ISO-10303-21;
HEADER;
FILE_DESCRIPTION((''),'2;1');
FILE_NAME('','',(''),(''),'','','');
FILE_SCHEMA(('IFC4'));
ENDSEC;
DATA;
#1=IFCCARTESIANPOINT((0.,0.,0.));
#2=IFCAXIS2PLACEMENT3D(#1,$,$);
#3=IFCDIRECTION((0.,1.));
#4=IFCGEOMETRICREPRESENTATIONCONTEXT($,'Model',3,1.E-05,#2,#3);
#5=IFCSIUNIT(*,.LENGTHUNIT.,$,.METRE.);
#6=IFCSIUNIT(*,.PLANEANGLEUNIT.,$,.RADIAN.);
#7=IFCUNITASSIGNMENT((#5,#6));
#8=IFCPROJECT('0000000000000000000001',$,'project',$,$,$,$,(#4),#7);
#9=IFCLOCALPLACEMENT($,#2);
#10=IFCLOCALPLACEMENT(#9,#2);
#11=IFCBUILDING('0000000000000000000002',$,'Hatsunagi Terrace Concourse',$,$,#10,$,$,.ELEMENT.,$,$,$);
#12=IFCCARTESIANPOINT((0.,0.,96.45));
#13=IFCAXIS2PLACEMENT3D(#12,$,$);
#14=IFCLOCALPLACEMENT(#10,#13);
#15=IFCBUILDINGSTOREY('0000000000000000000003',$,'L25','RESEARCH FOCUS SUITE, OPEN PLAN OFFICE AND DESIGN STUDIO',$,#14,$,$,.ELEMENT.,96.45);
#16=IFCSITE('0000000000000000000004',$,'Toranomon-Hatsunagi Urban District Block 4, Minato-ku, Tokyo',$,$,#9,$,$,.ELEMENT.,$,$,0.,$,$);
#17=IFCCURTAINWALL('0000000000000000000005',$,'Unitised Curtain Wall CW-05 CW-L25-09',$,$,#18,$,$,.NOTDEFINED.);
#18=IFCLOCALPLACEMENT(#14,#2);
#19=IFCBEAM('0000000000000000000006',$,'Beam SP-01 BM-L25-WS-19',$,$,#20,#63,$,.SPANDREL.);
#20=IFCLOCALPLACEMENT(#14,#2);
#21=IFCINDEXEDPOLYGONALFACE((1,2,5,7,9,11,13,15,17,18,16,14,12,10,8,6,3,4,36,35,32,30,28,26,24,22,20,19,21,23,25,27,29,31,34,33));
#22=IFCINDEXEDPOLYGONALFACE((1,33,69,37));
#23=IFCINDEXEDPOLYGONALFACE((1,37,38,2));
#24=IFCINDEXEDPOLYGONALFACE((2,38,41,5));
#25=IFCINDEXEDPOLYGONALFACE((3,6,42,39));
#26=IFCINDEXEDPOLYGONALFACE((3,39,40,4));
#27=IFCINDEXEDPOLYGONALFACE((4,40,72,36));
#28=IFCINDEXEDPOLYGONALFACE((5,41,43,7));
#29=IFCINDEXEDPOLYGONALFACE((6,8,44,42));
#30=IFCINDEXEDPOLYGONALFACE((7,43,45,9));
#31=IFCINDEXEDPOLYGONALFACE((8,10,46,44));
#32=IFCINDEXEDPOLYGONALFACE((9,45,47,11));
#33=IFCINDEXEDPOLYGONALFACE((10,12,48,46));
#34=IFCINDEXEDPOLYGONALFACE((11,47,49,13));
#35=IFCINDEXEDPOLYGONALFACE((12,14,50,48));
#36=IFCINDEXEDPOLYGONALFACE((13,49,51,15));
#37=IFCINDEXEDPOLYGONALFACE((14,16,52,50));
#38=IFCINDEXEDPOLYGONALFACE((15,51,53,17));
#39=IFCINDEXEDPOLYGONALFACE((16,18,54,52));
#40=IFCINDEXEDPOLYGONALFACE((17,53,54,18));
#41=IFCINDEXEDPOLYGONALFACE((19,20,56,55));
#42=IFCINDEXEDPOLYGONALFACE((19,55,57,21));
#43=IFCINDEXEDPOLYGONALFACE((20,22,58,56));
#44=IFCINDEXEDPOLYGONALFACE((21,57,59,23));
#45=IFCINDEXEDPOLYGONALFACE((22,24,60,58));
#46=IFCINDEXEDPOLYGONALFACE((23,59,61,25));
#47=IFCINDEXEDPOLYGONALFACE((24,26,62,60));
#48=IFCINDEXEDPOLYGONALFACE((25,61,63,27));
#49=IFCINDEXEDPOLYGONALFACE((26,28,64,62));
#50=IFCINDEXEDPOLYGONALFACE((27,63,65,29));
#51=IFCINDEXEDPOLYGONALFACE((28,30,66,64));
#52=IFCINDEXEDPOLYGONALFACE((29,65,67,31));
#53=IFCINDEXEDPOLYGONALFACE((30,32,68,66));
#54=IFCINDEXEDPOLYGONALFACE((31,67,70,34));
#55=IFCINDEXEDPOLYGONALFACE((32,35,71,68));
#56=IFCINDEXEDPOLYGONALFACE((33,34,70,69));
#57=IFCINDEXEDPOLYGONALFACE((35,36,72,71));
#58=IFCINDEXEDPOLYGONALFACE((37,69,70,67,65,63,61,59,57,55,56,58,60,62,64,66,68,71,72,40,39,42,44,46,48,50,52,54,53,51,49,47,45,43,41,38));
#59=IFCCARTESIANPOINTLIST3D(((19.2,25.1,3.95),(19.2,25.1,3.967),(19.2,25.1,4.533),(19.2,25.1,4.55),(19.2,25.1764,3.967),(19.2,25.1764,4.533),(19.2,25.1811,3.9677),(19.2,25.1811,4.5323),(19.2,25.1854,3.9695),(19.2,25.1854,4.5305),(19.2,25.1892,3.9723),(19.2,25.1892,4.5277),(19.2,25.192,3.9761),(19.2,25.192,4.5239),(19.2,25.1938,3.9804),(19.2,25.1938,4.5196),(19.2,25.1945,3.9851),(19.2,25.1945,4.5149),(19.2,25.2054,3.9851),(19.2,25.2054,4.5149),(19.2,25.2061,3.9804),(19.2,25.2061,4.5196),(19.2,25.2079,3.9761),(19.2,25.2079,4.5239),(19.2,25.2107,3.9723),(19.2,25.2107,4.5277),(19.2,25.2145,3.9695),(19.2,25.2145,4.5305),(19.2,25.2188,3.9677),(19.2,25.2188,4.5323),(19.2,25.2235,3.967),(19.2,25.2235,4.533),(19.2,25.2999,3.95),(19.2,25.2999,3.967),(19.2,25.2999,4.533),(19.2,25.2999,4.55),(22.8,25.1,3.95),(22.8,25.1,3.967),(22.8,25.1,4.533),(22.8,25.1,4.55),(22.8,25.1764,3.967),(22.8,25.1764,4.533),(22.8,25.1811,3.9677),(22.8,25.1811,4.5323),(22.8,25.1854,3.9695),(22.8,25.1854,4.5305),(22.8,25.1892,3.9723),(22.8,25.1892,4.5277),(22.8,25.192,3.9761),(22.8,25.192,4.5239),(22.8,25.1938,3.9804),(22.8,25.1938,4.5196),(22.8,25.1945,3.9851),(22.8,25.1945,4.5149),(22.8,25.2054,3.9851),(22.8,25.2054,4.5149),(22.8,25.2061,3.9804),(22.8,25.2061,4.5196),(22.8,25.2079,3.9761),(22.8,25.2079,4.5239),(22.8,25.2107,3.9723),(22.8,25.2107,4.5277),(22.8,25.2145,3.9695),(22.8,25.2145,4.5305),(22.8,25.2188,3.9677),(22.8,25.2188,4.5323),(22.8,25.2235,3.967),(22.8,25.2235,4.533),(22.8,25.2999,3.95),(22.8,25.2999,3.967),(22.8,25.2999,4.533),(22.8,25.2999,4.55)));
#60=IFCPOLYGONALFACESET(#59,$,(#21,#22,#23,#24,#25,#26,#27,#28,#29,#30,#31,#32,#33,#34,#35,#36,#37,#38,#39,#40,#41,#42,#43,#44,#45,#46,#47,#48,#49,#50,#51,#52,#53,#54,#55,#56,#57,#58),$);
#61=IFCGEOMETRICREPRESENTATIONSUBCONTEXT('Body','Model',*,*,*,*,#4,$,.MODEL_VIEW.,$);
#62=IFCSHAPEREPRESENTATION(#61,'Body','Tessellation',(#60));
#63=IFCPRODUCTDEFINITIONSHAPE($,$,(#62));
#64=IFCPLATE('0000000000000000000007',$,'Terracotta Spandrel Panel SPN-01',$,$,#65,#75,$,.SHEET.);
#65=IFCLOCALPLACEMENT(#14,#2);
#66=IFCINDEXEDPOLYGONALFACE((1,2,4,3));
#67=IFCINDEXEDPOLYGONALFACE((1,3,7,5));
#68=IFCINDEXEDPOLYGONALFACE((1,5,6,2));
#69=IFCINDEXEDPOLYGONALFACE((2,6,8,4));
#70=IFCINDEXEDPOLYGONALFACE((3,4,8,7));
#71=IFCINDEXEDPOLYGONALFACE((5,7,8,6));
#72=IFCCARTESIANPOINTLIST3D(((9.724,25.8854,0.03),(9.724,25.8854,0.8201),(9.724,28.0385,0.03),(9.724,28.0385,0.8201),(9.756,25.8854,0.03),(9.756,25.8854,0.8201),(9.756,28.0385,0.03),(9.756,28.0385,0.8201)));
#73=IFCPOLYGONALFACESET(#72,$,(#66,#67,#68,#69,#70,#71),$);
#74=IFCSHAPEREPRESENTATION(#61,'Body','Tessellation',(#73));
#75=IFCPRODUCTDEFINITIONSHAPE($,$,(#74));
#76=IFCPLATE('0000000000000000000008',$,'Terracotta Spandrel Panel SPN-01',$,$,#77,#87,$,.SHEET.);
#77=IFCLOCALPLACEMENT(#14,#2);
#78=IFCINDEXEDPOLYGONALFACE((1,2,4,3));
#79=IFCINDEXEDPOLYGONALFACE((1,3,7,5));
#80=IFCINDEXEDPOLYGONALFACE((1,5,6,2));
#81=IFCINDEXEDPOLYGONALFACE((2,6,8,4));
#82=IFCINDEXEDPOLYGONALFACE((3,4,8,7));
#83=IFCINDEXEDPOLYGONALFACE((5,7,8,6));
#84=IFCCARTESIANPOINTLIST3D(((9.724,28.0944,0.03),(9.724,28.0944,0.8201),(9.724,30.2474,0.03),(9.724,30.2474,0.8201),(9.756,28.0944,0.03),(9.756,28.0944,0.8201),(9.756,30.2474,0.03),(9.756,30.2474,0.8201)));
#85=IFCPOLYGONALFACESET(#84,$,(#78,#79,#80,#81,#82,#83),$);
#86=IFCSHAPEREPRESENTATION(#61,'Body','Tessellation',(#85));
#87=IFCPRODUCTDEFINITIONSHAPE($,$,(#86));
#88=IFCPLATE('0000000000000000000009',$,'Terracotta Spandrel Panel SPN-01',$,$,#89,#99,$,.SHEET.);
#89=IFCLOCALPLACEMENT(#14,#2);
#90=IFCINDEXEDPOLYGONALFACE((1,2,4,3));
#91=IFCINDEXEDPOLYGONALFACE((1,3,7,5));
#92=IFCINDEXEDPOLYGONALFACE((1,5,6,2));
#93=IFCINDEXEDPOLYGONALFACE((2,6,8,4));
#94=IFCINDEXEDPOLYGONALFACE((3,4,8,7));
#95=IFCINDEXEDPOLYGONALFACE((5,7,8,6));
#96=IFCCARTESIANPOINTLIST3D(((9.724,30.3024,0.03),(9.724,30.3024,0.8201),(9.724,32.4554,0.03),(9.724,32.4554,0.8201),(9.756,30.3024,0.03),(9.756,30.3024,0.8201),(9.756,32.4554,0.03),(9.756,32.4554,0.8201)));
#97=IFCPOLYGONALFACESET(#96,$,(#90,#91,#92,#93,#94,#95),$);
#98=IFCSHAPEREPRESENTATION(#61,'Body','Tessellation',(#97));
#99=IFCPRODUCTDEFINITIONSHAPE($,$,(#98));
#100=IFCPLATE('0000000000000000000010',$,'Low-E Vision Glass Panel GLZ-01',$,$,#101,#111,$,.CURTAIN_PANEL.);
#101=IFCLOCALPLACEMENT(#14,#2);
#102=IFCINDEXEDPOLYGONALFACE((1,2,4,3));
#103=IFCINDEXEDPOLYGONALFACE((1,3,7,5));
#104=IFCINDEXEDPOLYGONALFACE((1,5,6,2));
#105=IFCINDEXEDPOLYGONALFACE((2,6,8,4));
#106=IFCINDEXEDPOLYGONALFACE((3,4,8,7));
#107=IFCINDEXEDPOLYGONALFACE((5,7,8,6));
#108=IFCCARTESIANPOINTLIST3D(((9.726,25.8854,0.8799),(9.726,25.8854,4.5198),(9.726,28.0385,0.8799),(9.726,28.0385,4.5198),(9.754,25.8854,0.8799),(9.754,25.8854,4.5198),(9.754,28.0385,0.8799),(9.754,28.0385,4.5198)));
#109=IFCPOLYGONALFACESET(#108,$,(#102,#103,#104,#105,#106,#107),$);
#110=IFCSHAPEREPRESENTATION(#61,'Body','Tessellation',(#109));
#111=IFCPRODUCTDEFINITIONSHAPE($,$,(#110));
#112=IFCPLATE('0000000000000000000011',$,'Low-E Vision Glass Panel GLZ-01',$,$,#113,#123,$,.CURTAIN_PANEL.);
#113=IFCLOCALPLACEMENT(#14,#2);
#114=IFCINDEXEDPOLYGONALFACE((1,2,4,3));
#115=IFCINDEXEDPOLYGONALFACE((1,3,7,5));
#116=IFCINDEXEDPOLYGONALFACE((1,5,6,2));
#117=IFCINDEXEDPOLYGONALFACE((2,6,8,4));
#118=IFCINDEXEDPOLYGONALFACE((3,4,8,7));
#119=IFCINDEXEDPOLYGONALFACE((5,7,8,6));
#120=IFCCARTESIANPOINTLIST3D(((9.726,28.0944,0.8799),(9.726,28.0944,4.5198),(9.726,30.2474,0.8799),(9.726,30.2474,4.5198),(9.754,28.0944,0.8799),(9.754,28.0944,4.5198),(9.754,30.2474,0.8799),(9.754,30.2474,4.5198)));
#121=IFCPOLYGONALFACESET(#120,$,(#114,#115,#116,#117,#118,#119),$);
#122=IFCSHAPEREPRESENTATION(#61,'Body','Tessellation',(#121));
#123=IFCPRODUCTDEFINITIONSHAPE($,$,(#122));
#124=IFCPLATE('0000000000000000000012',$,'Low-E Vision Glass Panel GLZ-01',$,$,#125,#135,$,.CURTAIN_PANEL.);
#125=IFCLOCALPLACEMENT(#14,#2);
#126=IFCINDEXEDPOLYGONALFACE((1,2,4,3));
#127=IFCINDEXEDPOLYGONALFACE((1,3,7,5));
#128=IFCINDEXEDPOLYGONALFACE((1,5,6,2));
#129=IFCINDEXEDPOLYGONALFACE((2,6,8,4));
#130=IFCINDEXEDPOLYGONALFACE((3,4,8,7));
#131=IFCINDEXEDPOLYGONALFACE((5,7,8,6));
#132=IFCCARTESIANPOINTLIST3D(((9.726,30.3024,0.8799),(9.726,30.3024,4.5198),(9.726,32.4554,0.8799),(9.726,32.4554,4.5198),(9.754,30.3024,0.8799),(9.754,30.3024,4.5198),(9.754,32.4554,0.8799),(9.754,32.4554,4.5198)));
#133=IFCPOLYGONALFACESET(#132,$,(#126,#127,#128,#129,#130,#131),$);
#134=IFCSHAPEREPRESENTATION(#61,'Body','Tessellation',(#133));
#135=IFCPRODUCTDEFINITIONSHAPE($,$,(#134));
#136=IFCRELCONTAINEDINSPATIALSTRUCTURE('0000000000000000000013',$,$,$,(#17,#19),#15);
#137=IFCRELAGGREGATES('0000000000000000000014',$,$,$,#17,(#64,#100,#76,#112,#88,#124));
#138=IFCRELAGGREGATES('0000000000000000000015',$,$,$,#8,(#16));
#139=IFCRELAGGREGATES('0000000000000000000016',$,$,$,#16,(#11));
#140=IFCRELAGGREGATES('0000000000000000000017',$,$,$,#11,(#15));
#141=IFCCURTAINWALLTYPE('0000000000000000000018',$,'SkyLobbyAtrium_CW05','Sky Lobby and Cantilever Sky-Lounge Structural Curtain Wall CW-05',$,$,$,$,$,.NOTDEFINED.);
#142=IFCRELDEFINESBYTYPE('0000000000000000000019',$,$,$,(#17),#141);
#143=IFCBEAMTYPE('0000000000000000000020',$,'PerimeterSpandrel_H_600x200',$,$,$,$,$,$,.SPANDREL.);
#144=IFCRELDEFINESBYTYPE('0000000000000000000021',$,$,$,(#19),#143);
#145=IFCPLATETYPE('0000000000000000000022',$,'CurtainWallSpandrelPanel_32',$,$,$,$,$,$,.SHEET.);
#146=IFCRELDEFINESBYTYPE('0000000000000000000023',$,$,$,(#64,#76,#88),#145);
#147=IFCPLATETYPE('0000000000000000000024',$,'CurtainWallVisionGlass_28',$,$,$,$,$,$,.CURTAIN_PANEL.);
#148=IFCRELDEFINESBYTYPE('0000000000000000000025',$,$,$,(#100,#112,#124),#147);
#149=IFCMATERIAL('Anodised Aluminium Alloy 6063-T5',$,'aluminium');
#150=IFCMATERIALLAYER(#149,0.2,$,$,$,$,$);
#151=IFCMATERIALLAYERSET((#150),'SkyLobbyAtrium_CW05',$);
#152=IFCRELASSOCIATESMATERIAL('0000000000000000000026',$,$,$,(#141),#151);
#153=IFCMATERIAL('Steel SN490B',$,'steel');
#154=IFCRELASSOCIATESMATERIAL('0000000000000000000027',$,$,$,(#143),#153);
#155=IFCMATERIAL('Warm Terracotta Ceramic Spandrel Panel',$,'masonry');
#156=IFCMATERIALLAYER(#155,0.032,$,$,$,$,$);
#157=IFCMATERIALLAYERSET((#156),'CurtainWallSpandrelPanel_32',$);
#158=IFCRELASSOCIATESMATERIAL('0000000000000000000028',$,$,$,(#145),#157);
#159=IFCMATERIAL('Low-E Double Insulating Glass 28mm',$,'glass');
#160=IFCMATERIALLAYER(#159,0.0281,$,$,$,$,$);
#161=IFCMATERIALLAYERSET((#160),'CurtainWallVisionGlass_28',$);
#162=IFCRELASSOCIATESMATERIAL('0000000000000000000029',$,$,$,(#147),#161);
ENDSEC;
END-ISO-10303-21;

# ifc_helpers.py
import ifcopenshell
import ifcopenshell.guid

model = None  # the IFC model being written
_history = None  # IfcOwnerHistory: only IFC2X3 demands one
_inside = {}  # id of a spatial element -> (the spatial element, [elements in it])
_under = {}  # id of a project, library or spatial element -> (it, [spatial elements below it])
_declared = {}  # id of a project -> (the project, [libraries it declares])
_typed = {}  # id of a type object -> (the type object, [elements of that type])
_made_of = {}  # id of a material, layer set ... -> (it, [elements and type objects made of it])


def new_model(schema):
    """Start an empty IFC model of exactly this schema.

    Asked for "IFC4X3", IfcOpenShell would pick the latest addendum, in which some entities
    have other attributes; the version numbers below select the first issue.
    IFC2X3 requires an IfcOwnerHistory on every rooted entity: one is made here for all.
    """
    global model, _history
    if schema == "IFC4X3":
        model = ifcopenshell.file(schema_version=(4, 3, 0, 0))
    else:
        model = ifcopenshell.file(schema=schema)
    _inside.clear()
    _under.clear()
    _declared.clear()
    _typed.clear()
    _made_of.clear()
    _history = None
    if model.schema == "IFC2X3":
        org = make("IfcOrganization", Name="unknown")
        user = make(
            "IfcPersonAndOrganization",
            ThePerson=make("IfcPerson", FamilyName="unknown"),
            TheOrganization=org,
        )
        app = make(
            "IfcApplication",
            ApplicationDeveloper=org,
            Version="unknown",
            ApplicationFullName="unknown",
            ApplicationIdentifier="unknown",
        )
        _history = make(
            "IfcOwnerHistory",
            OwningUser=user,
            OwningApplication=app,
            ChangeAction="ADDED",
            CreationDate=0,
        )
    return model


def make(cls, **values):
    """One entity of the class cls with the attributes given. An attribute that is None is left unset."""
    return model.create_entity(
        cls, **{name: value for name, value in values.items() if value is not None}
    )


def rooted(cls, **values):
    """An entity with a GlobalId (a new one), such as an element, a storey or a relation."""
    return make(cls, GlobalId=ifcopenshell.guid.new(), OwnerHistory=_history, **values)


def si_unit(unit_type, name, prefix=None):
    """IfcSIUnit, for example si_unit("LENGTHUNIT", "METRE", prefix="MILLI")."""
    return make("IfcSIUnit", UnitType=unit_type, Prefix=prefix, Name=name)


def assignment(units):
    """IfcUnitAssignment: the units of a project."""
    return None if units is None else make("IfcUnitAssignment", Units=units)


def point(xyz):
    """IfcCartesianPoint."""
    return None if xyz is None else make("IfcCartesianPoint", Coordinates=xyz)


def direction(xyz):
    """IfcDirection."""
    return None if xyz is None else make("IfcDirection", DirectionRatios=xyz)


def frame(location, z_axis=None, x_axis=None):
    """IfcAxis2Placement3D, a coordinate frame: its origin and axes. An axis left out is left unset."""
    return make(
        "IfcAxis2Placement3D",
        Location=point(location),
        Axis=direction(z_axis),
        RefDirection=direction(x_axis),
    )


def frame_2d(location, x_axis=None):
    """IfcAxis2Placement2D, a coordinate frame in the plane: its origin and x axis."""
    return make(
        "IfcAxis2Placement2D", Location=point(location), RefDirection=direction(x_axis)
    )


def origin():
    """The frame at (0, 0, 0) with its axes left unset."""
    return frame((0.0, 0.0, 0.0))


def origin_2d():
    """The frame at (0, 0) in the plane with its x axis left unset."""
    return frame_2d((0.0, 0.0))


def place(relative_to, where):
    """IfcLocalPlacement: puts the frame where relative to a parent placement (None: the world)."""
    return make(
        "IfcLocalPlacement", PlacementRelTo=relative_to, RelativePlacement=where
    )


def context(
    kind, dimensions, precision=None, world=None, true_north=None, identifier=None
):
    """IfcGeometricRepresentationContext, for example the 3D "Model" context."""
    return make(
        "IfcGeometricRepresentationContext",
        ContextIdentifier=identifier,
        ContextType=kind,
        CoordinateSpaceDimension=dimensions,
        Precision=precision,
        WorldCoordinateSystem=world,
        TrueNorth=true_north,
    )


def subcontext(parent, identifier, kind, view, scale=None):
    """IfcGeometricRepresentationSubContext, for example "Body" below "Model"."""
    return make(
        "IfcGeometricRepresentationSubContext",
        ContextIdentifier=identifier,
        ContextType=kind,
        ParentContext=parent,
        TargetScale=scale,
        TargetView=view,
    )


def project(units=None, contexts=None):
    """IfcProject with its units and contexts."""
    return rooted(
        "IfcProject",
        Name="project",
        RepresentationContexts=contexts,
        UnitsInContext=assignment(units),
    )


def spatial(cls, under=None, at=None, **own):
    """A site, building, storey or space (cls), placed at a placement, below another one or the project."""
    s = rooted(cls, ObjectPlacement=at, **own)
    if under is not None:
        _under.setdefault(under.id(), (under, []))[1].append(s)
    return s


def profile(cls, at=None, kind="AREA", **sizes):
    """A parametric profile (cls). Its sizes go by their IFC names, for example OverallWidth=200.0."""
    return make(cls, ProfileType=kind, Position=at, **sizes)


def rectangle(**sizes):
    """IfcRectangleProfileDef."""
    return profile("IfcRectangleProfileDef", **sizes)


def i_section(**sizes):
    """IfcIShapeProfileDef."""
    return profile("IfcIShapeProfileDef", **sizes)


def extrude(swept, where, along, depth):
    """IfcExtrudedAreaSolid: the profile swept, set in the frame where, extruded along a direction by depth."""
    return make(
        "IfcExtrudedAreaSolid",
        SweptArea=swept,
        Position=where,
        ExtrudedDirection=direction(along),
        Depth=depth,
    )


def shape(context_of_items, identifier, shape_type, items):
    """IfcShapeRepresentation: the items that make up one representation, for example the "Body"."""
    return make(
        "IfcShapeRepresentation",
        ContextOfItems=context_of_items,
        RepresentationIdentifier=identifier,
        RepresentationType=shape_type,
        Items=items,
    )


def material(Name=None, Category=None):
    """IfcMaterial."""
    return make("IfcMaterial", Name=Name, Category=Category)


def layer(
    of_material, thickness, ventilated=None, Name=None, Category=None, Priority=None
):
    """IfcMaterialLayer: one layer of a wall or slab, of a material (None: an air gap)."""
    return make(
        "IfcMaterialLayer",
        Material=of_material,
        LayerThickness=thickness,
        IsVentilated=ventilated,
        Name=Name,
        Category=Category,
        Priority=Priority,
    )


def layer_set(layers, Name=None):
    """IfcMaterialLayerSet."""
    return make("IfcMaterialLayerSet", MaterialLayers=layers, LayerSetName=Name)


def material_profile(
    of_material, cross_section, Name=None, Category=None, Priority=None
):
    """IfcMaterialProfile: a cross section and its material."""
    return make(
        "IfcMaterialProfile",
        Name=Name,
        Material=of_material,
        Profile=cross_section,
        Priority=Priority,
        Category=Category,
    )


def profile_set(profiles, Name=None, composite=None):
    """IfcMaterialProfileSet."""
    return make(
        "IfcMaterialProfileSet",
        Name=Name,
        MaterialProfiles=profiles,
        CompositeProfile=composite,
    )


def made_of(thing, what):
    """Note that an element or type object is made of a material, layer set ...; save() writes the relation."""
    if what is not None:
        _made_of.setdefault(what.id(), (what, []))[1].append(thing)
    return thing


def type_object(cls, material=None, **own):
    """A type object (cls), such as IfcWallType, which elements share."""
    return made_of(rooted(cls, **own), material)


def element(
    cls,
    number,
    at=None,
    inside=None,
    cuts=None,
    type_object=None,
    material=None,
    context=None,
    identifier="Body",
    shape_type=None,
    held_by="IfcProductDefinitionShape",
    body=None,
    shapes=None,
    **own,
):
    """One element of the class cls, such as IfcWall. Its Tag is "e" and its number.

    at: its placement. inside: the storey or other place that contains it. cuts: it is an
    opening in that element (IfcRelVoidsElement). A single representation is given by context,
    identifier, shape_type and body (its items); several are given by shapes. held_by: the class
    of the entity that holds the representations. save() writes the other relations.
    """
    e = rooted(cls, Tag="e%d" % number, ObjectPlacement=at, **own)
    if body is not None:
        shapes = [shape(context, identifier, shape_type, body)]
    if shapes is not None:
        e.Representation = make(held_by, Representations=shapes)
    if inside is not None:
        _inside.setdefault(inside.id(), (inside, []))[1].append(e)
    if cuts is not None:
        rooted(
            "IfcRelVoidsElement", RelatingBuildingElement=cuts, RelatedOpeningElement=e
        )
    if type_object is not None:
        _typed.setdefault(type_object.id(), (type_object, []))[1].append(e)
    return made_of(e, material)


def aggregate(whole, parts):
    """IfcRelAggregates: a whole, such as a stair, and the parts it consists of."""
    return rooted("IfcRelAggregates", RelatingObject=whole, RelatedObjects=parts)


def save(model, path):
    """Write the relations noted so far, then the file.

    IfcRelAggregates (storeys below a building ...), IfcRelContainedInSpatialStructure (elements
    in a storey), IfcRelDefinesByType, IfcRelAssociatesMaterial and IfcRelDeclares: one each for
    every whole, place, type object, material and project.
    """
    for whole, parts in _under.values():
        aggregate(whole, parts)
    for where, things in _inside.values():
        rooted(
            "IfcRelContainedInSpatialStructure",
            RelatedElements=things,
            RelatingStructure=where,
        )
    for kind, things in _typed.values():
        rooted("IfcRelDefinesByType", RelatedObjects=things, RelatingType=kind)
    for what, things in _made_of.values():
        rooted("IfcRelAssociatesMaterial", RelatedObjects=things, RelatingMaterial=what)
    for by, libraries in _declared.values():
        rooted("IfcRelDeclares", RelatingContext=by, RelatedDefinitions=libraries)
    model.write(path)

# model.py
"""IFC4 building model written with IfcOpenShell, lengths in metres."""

from ifc_helpers import new_model, si_unit, direction, frame, origin, origin_2d, place, context, subcontext, project, spatial, rectangle, i_section, extrude, material, layer, layer_set, material_profile, profile_set, type_object, element, aggregate, save


model = new_model("IFC4")

# Units and contexts
model_context = context("Model", 3, precision=1e-05, world=origin(), true_north=direction((0.0, 1.0)))
body_context = subcontext(model_context, "Body", "Model", "MODEL_VIEW")
ifc_project = project(units=[si_unit("LENGTHUNIT", "METRE"), si_unit("PLANEANGLEUNIT", "RADIAN")], contexts=[model_context])

# Site, building, storey
site_placement = place(None, origin())
site = spatial("IfcSite", under=ifc_project, at=site_placement, Name="Toranomon-Hatsunagi Urban District Block 4, Minato-ku, Tokyo", CompositionType="ELEMENT", RefElevation=0.0)
building_placement = place(site_placement, origin())
building = spatial("IfcBuilding", under=site, at=building_placement, Name="Hatsunagi Terrace Concourse", CompositionType="ELEMENT")
storey_placement = place(building_placement, frame((0.0, 0.0, 96.45)))
storey = spatial("IfcBuildingStorey", under=building, at=storey_placement, Name="L25", Description="RESEARCH FOCUS SUITE, OPEN PLAN OFFICE AND DESIGN STUDIO", CompositionType="ELEMENT", Elevation=96.45)

# Curtain wall
ifc_material_1 = material(Name="Anodised Aluminium Alloy 6063-T5", Category="aluminium")
ifc_layer_1 = layer(ifc_material_1, 0.2)
ifc_layer_set_1 = layer_set([ifc_layer_1], Name="SkyLobbyAtrium_CW05")
curtain_wall_type = type_object("IfcCurtainWallType", Name="SkyLobbyAtrium_CW05", Description="Sky Lobby and Cantilever Sky-Lounge Structural Curtain Wall CW-05", PredefinedType="NOTDEFINED", material=ifc_layer_set_1)
curtain_wall_placement = place(storey_placement, origin())
curtain_wall = element("IfcCurtainWall", 1, at=curtain_wall_placement, inside=storey, type_object=curtain_wall_type, Name="Unitised Curtain Wall CW-05 CW-L25-09", PredefinedType="NOTDEFINED")

# Beam
ifc_material_2 = material(Name="Steel SN490B", Category="steel")
ifc_material_profile_1 = material_profile(ifc_material_2, i_section(OverallWidth=0.2, OverallDepth=0.6001, WebThickness=0.011, FlangeThickness=0.0171, FilletRadius=0.0181, at=origin_2d()), Name="H-600x200x11x17")
ifc_profile_set_1 = profile_set([ifc_material_profile_1], Name="Steel SN490B")
beam_type_1 = type_object("IfcBeamType", Name="PerimeterSpandrel_H_600x200", PredefinedType="SPANDREL", material=ifc_profile_set_1)
beam_1_placement = place(storey_placement, frame((19.2, 25.2, 4.25), z_axis=(1.0, 0.0, 0.0), x_axis=(0.0, 1.0, 0.0)))
element("IfcBeam", 2, at=beam_1_placement, inside=storey, type_object=beam_type_1, Name="Beam SP-01 BM-L25-WS-19", PredefinedType="SPANDREL", context=body_context, shape_type="SweptSolid", body=[
    extrude(i_section(OverallWidth=0.2, OverallDepth=0.6001, WebThickness=0.011, FlangeThickness=0.0171, FilletRadius=0.0181, at=origin_2d()), origin(), (0.0, 0.0, 1.0), 3.6001),
])

# Plates
ifc_material_3 = material(Name="Warm Terracotta Ceramic Spandrel Panel", Category="masonry")
ifc_layer_2 = layer(ifc_material_3, 0.032)
ifc_layer_set_2 = layer_set([ifc_layer_2], Name="CurtainWallSpandrelPanel_32")
plate_type_1 = type_object("IfcPlateType", Name="CurtainWallSpandrelPanel_32", PredefinedType="SHEET", material=ifc_layer_set_2)
plate_1_placement = place(storey_placement, frame((9.74, 26.9619, 0.03), z_axis=(0.0, 0.0, 1.0), x_axis=(0.0, 1.0, 0.0)))
plate_1 = element("IfcPlate", 3, at=plate_1_placement, type_object=plate_type_1, Name="Terracotta Spandrel Panel SPN-01", PredefinedType="SHEET", context=body_context, shape_type="SweptSolid", body=[
    extrude(rectangle(XDim=2.1531, YDim=0.032, at=origin_2d()), origin(), (0.0, 0.0, 1.0), 0.79),
])
plate_2_placement = place(storey_placement, frame((9.74, 29.1709, 0.03), z_axis=(0.0, 0.0, 1.0), x_axis=(0.0, 1.0, 0.0)))
plate_2 = element("IfcPlate", 4, at=plate_2_placement, type_object=plate_type_1, Name="Terracotta Spandrel Panel SPN-01", PredefinedType="SHEET", context=body_context, shape_type="SweptSolid", body=[
    extrude(rectangle(XDim=2.1531, YDim=0.032, at=origin_2d()), origin(), (0.0, 0.0, 1.0), 0.79),
])
plate_3_placement = place(storey_placement, frame((9.74, 31.3789, 0.03), z_axis=(0.0, 0.0, 1.0), x_axis=(0.0, 1.0, 0.0)))
plate_3 = element("IfcPlate", 5, at=plate_3_placement, type_object=plate_type_1, Name="Terracotta Spandrel Panel SPN-01", PredefinedType="SHEET", context=body_context, shape_type="SweptSolid", body=[
    extrude(rectangle(XDim=2.1531, YDim=0.032, at=origin_2d()), origin(), (0.0, 0.0, 1.0), 0.79),
])
ifc_material_4 = material(Name="Low-E Double Insulating Glass 28mm", Category="glass")
ifc_layer_3 = layer(ifc_material_4, 0.0281)
ifc_layer_set_3 = layer_set([ifc_layer_3], Name="CurtainWallVisionGlass_28")
plate_type_2 = type_object("IfcPlateType", Name="CurtainWallVisionGlass_28", PredefinedType="CURTAIN_PANEL", material=ifc_layer_set_3)
plate_4_placement = place(storey_placement, frame((9.74, 26.9619, 0.8799), z_axis=(0.0, 0.0, 1.0), x_axis=(0.0, 1.0, 0.0)))
plate_4 = element("IfcPlate", 6, at=plate_4_placement, type_object=plate_type_2, Name="Low-E Vision Glass Panel GLZ-01", PredefinedType="CURTAIN_PANEL", context=body_context, shape_type="SweptSolid", body=[
    extrude(rectangle(XDim=2.1531, YDim=0.0281, at=origin_2d()), origin(), (0.0, 0.0, 1.0), 3.6399),
])
plate_5_placement = place(storey_placement, frame((9.74, 29.1709, 0.8799), z_axis=(0.0, 0.0, 1.0), x_axis=(0.0, 1.0, 0.0)))
plate_5 = element("IfcPlate", 7, at=plate_5_placement, type_object=plate_type_2, Name="Low-E Vision Glass Panel GLZ-01", PredefinedType="CURTAIN_PANEL", context=body_context, shape_type="SweptSolid", body=[
    extrude(rectangle(XDim=2.1531, YDim=0.0281, at=origin_2d()), origin(), (0.0, 0.0, 1.0), 3.6399),
])
plate_6_placement = place(storey_placement, frame((9.74, 31.3789, 0.8799), z_axis=(0.0, 0.0, 1.0), x_axis=(0.0, 1.0, 0.0)))
plate_6 = element("IfcPlate", 8, at=plate_6_placement, type_object=plate_type_2, Name="Low-E Vision Glass Panel GLZ-01", PredefinedType="CURTAIN_PANEL", context=body_context, shape_type="SweptSolid", body=[
    extrude(rectangle(XDim=2.1531, YDim=0.0281, at=origin_2d()), origin(), (0.0, 0.0, 1.0), 3.6399),
])
aggregate(curtain_wall, [plate_1, plate_4, plate_2, plate_5, plate_3, plate_6])

save(model, "model.ifc")
